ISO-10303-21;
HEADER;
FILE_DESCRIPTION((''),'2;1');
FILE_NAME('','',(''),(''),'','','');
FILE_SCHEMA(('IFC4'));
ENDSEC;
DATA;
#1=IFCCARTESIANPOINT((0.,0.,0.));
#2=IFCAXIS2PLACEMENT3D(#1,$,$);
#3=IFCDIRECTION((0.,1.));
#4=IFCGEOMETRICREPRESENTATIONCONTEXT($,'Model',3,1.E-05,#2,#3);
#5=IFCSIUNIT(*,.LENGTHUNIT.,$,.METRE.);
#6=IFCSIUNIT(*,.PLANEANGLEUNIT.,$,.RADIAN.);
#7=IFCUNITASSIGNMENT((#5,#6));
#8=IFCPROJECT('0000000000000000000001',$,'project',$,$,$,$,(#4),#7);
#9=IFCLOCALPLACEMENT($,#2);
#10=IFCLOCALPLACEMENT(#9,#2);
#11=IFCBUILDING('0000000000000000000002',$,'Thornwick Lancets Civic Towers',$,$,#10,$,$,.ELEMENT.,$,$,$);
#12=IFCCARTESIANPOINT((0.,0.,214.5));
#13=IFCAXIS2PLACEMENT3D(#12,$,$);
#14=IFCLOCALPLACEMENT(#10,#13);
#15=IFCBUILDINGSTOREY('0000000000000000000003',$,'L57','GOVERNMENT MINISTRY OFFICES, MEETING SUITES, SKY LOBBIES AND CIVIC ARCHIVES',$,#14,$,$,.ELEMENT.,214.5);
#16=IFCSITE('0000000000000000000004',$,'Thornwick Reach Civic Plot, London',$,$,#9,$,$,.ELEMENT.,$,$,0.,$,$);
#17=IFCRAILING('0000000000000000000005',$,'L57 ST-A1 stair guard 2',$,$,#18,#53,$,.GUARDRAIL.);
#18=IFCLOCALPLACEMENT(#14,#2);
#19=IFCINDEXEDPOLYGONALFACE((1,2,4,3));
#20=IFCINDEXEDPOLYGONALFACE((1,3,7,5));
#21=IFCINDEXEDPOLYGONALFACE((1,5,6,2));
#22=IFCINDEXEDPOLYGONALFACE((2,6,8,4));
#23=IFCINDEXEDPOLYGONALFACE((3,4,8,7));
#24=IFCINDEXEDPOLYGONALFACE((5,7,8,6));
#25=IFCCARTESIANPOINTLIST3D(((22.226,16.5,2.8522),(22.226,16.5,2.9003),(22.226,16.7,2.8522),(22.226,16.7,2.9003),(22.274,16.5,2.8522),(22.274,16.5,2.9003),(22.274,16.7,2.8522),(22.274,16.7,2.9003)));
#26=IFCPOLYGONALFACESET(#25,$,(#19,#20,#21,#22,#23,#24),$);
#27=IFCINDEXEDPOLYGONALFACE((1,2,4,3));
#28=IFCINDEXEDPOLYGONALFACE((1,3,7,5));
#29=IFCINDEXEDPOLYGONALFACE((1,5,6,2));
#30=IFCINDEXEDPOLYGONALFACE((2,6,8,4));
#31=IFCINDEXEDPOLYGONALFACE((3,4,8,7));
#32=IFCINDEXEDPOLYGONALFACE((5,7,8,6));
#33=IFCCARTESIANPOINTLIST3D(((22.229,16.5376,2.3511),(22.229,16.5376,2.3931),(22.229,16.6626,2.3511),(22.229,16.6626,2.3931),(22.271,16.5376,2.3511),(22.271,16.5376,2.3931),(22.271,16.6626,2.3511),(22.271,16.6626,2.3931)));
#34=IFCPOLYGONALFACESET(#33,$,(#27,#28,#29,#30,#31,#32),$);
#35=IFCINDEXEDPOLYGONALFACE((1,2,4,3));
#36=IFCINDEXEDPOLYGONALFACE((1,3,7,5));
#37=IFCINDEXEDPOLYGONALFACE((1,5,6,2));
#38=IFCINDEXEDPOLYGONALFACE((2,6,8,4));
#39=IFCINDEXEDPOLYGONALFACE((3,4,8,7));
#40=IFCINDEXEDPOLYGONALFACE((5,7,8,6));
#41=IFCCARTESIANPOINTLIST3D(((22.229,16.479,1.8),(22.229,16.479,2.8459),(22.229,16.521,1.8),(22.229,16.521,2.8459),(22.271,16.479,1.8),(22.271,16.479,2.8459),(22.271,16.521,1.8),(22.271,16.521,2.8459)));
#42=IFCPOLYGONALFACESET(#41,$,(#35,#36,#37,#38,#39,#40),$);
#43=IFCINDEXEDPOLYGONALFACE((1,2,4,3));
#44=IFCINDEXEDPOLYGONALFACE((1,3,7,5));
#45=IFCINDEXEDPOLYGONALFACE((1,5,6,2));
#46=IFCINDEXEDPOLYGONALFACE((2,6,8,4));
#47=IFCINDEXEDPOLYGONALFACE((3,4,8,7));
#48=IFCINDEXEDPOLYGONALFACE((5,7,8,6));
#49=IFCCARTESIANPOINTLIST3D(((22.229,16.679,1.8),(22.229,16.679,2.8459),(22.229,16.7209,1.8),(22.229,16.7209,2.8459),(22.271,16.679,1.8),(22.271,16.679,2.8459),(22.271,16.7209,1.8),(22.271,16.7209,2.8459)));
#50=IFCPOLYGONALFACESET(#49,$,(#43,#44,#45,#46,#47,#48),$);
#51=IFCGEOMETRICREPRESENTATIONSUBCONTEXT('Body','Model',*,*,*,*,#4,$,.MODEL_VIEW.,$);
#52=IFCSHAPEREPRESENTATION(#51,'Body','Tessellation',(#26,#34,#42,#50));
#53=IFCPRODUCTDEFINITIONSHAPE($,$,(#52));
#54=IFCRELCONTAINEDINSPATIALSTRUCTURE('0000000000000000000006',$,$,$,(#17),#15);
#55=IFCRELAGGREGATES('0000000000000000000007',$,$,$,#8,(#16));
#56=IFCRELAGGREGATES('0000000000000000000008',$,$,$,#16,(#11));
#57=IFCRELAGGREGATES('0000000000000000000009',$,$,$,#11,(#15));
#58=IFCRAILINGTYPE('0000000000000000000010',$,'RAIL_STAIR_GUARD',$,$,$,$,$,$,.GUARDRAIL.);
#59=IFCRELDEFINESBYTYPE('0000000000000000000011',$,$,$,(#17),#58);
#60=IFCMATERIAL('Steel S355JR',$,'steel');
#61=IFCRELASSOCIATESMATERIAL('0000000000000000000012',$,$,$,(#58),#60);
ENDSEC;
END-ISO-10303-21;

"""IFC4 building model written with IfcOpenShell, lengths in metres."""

from ifc_helpers import new_model, si_unit, direction, frame, origin, origin_2d, place, context, subcontext, project, spatial, rectangle, extrude, material, type_object, element, save


model = new_model("IFC4")

# Units and contexts
model_context = context("Model", 3, precision=1e-05, world=origin(), true_north=direction((0.0, 1.0)))
body_context = subcontext(model_context, "Body", "Model", "MODEL_VIEW")
ifc_project = project(units=[si_unit("LENGTHUNIT", "METRE"), si_unit("PLANEANGLEUNIT", "RADIAN")], contexts=[model_context])

# Site, building, storey
site_placement = place(None, origin())
site = spatial("IfcSite", under=ifc_project, at=site_placement, Name="Thornwick Reach Civic Plot, London", CompositionType="ELEMENT", RefElevation=0.0)
building_placement = place(site_placement, origin())
building = spatial("IfcBuilding", under=site, at=building_placement, Name="Thornwick Lancets Civic Towers", CompositionType="ELEMENT")
storey_placement = place(building_placement, frame((0.0, 0.0, 214.5)))
storey = spatial("IfcBuildingStorey", under=building, at=storey_placement, Name="L57", Description="GOVERNMENT MINISTRY OFFICES, MEETING SUITES, SKY LOBBIES AND CIVIC ARCHIVES", CompositionType="ELEMENT", Elevation=214.5)

# Shared definitions
ifc_material_1 = material(Name="Steel S355JR", Category="steel")

# Railing
railing_type_1 = type_object("IfcRailingType", Name="RAIL_STAIR_GUARD", PredefinedType="GUARDRAIL", material=ifc_material_1)
railing_1_placement = place(storey_placement, frame((22.25, 16.5, 1.8)))
element("IfcRailing", 1, at=railing_1_placement, inside=storey, type_object=railing_type_1, Name="L57 ST-A1 stair guard 2", PredefinedType="GUARDRAIL", context=body_context, shape_type="SweptSolid", body=[
    extrude(rectangle(XDim=0.0481, YDim=0.0481, at=origin_2d()), frame((0.0, 0.0, 1.0762), z_axis=(0.0, 1.0, 0.0), x_axis=(-1.0, 0.0, 0.0)), (0.0, 0.0, 1.0), 0.2),
    extrude(rectangle(XDim=0.042, YDim=0.042, at=origin_2d()), frame((0.0, 0.0376, 0.572), z_axis=(0.0, 1.0, 0.0), x_axis=(-1.0, 0.0, 0.0)), (0.0, 0.0, 1.0), 0.125),
    extrude(rectangle(XDim=0.042, YDim=0.042, at=origin_2d()), origin(), (0.0, 0.0, 1.0), 1.0459),
    extrude(rectangle(XDim=0.042, YDim=0.042, at=origin_2d()), frame((0.0, 0.2, 0.0)), (0.0, 0.0, 1.0), 1.0459),
])

save(model, "model.ifc")
